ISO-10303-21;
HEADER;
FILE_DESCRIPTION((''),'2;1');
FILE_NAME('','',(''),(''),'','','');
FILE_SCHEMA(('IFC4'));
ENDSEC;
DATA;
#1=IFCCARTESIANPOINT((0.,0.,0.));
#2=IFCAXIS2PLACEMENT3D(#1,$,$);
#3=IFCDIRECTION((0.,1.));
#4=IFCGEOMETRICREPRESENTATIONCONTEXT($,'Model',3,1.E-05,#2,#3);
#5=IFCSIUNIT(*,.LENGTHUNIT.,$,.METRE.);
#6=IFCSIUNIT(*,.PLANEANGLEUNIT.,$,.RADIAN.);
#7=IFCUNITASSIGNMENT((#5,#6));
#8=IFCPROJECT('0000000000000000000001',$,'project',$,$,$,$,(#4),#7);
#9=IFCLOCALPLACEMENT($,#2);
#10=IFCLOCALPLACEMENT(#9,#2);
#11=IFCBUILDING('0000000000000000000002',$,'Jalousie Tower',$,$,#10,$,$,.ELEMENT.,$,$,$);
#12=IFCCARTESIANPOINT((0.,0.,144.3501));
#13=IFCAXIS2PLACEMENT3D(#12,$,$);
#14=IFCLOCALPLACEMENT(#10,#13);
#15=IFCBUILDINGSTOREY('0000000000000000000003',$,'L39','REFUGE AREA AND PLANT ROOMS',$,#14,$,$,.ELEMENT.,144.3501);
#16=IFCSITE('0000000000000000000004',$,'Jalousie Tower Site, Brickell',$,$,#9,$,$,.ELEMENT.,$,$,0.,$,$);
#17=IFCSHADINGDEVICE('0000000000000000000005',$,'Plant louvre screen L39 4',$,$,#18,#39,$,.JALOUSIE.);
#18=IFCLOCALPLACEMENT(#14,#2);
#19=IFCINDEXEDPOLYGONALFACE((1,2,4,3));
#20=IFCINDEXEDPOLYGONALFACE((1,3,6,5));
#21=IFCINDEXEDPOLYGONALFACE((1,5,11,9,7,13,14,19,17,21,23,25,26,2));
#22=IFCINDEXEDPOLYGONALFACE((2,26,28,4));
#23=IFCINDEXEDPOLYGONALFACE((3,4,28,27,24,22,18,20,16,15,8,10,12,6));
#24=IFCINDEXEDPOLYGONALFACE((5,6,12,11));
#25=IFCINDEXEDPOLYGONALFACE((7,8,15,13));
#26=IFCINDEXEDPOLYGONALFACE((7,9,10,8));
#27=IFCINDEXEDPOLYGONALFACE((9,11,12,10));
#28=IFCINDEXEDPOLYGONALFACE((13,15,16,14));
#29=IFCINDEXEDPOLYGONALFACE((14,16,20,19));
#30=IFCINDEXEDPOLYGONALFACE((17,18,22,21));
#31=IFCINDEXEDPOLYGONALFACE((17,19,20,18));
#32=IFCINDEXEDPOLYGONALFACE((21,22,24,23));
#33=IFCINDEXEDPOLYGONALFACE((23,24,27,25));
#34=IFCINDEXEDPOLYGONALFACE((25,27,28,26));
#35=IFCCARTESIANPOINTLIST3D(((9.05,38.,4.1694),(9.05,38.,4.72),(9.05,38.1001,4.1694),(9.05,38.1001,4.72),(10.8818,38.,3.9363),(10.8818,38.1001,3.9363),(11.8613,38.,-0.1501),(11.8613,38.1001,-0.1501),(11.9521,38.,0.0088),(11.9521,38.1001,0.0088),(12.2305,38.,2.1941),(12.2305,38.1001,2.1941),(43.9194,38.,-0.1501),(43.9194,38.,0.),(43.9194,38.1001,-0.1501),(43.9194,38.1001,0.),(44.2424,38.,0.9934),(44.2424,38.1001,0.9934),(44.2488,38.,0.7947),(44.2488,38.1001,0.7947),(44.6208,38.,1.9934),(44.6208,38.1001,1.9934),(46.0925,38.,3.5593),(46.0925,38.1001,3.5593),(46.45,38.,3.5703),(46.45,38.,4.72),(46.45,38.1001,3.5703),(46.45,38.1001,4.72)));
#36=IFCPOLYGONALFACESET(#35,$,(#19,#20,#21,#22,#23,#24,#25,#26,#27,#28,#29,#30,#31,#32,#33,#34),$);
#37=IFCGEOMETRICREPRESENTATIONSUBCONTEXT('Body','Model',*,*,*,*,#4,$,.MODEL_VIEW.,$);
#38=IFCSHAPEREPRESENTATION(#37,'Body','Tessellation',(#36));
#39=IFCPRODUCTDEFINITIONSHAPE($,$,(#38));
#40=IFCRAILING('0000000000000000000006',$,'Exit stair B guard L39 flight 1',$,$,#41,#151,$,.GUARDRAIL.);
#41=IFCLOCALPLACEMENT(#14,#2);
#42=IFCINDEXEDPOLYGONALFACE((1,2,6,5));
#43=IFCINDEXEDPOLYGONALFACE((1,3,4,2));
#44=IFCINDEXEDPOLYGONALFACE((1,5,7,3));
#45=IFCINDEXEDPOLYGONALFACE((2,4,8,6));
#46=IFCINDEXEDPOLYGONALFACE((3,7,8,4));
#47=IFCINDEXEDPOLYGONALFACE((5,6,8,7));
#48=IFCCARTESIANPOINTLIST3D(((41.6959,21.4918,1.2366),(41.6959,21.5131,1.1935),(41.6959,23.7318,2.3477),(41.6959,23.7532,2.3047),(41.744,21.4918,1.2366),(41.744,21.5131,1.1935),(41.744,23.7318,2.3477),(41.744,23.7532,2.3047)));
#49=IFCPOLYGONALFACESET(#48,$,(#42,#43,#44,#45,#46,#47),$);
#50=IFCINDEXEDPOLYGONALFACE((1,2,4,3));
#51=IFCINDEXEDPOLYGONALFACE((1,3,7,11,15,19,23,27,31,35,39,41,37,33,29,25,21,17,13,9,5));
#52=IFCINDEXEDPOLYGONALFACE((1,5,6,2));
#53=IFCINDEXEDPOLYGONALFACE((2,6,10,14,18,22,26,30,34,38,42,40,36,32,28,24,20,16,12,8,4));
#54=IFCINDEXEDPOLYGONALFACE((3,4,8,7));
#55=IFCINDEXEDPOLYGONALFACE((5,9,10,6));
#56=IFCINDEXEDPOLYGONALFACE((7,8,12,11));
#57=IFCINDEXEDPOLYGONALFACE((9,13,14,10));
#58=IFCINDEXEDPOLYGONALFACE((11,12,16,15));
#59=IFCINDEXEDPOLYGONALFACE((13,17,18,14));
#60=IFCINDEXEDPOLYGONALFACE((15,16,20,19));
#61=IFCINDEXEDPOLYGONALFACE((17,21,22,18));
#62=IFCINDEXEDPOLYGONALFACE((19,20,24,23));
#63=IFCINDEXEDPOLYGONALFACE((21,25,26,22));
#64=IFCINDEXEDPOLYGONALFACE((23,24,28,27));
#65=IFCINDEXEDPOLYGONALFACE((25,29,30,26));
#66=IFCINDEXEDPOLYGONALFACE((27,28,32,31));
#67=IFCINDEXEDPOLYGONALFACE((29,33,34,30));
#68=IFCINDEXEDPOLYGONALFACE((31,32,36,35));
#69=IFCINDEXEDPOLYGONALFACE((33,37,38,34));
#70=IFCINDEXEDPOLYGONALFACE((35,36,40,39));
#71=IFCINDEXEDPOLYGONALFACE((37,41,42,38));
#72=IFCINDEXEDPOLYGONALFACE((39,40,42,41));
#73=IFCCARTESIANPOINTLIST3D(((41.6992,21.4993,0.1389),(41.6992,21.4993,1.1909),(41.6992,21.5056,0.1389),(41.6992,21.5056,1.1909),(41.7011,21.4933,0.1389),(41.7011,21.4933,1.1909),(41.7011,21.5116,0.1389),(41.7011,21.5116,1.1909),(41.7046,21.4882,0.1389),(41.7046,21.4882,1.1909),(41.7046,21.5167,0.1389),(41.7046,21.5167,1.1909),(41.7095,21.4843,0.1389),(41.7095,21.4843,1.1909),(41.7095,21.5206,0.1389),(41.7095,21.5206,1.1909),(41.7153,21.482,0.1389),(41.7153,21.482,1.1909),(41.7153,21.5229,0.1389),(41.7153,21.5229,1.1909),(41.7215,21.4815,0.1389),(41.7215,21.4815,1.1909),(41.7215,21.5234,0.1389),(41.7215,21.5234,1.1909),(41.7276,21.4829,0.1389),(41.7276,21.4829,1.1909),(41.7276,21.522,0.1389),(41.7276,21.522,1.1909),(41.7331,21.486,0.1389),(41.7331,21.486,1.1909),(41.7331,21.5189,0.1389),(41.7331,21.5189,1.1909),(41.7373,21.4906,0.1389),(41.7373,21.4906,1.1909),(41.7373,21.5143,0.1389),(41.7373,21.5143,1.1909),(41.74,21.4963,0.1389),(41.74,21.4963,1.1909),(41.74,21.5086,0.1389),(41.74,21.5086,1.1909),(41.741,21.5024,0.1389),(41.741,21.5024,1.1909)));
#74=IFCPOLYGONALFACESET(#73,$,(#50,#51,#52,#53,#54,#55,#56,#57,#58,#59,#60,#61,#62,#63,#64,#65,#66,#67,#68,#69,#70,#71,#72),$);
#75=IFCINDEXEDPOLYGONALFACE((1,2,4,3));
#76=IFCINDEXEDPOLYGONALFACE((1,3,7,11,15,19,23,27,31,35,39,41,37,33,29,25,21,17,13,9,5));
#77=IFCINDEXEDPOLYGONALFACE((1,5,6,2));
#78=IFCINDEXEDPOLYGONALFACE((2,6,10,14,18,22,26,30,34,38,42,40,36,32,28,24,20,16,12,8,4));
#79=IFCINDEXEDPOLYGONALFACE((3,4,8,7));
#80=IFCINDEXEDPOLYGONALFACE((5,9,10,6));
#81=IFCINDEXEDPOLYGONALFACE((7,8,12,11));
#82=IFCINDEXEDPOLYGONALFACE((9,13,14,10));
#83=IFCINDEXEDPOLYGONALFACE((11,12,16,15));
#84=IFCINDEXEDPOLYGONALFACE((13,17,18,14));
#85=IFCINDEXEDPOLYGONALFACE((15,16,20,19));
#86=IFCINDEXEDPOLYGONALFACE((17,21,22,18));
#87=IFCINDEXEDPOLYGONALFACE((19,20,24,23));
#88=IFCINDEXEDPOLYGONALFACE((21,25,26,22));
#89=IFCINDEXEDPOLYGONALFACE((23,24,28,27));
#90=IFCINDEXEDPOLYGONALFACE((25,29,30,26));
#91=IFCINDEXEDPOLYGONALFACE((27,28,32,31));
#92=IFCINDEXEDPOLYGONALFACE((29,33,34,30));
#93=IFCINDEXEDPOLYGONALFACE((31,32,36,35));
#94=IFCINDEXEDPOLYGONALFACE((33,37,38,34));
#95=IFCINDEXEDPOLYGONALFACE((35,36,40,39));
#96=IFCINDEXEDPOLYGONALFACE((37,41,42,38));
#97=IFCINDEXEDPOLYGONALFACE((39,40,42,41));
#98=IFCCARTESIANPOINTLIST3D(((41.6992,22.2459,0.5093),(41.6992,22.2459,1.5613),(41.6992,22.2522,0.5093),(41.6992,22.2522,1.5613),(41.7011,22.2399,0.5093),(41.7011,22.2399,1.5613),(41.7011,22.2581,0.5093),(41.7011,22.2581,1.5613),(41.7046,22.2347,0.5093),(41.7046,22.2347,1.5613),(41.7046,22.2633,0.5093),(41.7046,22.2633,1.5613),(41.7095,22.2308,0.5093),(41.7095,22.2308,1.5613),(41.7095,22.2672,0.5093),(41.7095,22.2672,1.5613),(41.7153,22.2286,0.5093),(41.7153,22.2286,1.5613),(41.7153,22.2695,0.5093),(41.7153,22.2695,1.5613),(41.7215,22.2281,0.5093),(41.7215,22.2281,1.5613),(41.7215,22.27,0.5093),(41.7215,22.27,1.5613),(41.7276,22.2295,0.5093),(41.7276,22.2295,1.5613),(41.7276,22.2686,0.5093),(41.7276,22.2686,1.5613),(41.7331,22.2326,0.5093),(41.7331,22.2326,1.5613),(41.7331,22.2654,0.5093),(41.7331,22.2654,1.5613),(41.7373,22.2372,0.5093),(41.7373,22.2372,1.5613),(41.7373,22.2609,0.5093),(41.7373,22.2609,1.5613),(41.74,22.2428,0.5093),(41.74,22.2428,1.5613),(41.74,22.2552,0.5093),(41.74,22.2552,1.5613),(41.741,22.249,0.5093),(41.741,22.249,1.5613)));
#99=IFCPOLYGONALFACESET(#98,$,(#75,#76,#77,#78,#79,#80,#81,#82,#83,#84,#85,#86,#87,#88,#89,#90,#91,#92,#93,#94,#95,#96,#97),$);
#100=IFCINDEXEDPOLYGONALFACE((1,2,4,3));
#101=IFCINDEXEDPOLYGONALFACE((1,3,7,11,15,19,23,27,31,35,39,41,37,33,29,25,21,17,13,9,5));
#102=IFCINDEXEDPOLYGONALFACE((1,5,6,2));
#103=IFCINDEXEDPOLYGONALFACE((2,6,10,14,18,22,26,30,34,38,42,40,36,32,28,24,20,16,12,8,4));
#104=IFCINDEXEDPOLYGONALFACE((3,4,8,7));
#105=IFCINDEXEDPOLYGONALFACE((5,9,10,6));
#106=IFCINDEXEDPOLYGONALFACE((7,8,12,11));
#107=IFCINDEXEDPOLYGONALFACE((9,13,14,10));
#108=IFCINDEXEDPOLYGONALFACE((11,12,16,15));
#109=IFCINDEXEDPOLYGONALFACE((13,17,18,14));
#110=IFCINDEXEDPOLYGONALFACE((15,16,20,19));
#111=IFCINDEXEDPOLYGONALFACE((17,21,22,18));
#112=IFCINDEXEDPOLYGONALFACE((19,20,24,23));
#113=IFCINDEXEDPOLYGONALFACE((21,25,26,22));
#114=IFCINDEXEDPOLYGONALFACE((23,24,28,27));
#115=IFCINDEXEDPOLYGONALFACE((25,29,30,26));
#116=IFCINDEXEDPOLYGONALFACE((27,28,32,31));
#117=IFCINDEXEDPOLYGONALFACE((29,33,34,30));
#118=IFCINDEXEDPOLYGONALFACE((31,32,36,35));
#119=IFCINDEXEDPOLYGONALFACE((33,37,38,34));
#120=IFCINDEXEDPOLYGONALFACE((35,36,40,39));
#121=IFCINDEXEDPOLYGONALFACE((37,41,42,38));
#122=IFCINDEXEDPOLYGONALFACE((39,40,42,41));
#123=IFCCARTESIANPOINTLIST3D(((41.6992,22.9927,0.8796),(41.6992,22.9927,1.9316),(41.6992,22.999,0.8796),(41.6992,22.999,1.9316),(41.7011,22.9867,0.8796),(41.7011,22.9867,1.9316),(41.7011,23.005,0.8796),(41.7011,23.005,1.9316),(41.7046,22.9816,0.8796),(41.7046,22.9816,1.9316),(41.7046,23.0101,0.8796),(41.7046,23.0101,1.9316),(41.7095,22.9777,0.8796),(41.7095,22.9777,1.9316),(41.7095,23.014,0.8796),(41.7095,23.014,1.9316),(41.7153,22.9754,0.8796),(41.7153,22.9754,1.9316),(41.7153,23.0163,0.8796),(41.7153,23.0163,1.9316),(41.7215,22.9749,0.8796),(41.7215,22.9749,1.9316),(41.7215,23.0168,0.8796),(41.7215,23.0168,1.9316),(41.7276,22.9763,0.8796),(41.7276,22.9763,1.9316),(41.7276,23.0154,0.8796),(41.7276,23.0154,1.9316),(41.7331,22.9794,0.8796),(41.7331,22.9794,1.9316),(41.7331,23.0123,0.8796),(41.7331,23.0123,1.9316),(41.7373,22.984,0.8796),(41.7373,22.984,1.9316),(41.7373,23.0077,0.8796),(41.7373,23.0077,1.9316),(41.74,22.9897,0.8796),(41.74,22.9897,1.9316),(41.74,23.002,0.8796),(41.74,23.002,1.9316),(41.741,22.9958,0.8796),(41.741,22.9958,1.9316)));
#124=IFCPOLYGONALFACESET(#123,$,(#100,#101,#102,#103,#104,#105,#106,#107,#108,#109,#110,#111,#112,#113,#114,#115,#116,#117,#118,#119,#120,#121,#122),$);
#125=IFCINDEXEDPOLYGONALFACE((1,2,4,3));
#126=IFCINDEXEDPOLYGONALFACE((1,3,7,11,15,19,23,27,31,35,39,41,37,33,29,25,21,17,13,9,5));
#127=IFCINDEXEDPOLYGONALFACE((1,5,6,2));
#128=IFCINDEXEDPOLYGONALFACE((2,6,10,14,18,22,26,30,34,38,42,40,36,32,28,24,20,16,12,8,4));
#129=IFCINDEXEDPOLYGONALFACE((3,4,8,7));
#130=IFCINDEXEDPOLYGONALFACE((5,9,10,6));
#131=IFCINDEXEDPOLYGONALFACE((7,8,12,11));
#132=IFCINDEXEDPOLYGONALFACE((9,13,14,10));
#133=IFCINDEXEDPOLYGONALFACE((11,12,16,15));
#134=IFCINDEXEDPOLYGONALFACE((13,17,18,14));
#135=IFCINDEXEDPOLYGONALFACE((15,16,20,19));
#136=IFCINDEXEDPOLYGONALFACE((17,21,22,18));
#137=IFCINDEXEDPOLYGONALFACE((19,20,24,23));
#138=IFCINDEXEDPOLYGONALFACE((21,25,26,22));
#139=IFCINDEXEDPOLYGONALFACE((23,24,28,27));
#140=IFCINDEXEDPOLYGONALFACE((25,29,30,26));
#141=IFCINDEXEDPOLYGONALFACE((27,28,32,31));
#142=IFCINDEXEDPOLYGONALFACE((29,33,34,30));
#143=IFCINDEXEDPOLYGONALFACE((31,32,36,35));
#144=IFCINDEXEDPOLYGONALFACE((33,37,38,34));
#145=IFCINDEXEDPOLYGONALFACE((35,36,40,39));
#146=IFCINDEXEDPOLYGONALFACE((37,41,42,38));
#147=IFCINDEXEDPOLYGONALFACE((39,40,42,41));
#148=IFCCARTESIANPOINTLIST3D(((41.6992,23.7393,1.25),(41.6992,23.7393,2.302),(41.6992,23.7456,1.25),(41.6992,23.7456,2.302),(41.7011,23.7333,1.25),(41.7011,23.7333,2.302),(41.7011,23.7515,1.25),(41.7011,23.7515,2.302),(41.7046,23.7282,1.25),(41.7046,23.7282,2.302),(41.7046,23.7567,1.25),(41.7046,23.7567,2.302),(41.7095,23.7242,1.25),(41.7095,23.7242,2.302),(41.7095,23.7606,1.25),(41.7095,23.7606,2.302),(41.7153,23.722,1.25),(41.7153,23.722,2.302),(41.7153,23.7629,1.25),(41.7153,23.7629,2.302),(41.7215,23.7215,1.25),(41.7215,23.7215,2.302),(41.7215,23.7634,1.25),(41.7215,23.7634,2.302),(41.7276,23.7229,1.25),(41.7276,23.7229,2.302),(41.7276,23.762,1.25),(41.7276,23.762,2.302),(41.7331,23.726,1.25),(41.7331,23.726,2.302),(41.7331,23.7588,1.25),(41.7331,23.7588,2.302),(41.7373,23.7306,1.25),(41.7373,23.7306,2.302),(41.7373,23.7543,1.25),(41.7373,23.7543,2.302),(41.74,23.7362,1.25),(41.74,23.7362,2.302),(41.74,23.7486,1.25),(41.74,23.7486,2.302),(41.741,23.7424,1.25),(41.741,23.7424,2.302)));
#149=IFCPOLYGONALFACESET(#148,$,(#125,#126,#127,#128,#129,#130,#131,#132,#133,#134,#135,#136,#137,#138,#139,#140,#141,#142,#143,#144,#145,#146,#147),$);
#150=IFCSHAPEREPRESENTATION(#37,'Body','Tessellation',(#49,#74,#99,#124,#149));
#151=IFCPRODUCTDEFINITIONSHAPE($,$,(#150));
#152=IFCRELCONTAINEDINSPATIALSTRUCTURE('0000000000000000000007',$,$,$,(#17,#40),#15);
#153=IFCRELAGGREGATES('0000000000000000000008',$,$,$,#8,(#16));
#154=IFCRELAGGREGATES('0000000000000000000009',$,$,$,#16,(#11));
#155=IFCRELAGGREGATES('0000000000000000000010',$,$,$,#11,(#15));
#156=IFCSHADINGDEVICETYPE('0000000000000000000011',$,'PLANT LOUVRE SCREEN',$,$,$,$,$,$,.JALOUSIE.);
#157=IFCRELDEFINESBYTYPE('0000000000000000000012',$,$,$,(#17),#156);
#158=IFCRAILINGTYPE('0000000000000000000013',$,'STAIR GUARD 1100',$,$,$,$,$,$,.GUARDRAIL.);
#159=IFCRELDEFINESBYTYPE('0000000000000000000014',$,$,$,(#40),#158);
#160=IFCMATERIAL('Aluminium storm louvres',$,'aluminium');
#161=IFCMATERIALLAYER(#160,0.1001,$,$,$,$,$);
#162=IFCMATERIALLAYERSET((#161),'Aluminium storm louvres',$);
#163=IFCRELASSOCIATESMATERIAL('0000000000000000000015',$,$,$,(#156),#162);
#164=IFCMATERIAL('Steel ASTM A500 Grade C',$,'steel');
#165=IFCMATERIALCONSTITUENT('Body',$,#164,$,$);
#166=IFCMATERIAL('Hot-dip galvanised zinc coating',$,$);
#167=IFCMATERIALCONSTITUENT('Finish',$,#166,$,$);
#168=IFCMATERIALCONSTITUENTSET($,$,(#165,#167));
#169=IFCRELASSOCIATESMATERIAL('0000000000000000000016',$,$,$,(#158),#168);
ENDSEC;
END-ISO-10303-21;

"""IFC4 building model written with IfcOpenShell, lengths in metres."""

from ifc_helpers import new_model, si_unit, direction, frame, origin, origin_2d, place, context, subcontext, project, spatial, polyline, rectangle, circle, outline, extrude, material, layer, layer_set, constituent, constituent_set, type_object, element, save


model = new_model("IFC4")

# Units and contexts
model_context = context("Model", 3, precision=1e-05, world=origin(), true_north=direction((0.0, 1.0)))
body_context = subcontext(model_context, "Body", "Model", "MODEL_VIEW")
ifc_project = project(units=[si_unit("LENGTHUNIT", "METRE"), si_unit("PLANEANGLEUNIT", "RADIAN")], contexts=[model_context])

# Site, building, storey
site_placement = place(None, origin())
site = spatial("IfcSite", under=ifc_project, at=site_placement, Name="Jalousie Tower Site, Brickell", CompositionType="ELEMENT", RefElevation=0.0)
building_placement = place(site_placement, origin())
building = spatial("IfcBuilding", under=site, at=building_placement, Name="Jalousie Tower", CompositionType="ELEMENT")
storey_placement = place(building_placement, frame((0.0, 0.0, 144.3501)))
storey = spatial("IfcBuildingStorey", under=building, at=storey_placement, Name="L39", Description="REFUGE AREA AND PLANT ROOMS", CompositionType="ELEMENT", Elevation=144.3501)

# Shading device
ifc_material_1 = material(Name="Aluminium storm louvres", Category="aluminium")
ifc_layer_1 = layer(ifc_material_1, 0.1001)
ifc_layer_set_1 = layer_set([ifc_layer_1], Name="Aluminium storm louvres")
shading_device_type = type_object("IfcShadingDeviceType", Name="PLANT LOUVRE SCREEN", PredefinedType="JALOUSIE", material=ifc_layer_set_1)
shading_device_1_placement = place(storey_placement, frame((46.45, 38.1001, 4.72), z_axis=(0.0, 1.0, 0.0), x_axis=(0.0, 0.0, -1.0)))
element("IfcShadingDevice", 1, at=shading_device_1_placement, inside=storey, type_object=shading_device_type, Name="Plant louvre screen L39 4", PredefinedType="JALOUSIE", context=body_context, shape_type="SweptSolid", body=[
    extrude(outline(polyline([(0.0, 0.0), (1.1497, 0.0), (1.1606, 0.3574), (2.7266, 1.8291), (3.7266, 2.2075), (3.9253, 2.2012), (4.72, 2.5305), (4.8701, 2.5305), (4.8701, 34.5886), (4.7112, 34.4978), (2.5259, 34.2195), (0.7837, 35.5681), (0.5505, 37.3999), (0.0, 37.3999), (0.0, 0.0)])), origin(), (0.0, 0.0, -1.0), 0.1001),
])

# Railing
ifc_material_2 = material(Name="Steel ASTM A500 Grade C", Category="steel")
ifc_constituent_1 = constituent(ifc_material_2, Name="Body")
ifc_material_3 = material(Name="Hot-dip galvanised zinc coating")
ifc_constituent_2 = constituent(ifc_material_3, Name="Finish")
ifc_constituent_set_1 = constituent_set(constituents=[ifc_constituent_1, ifc_constituent_2])
railing_type_1 = type_object("IfcRailingType", Name="STAIR GUARD 1100", PredefinedType="GUARDRAIL", material=ifc_constituent_set_1)
railing_1_placement = place(storey_placement, frame((41.72, 21.5024, 0.1389)))
element("IfcRailing", 2, at=railing_1_placement, inside=storey, type_object=railing_type_1, Name="Exit stair B guard L39 flight 1", PredefinedType="GUARDRAIL", context=body_context, shape_type="SweptSolid", body=[
    extrude(rectangle(XDim=0.0481, YDim=0.0481, at=origin_2d()), frame((0.0, 0.0, 1.0762), z_axis=(0.0, 0.895848, 0.44436), x_axis=(-1.0, 0.0, 0.0)), (0.0, 0.0, 1.0), 2.5005),
    extrude(circle(Radius=0.021, at=origin_2d()), origin(), (0.0, 0.0, 1.0), 1.052),
    extrude(circle(Radius=0.021, at=origin_2d()), frame((0.0, 0.7466, 0.3704)), (0.0, 0.0, 1.0), 1.052),
    extrude(circle(Radius=0.021, at=origin_2d()), frame((0.0, 1.4934, 0.7407)), (0.0, 0.0, 1.0), 1.052),
    extrude(circle(Radius=0.021, at=origin_2d()), frame((0.0, 2.24, 1.1111)), (0.0, 0.0, 1.0), 1.052),
])

save(model, "model.ifc")
